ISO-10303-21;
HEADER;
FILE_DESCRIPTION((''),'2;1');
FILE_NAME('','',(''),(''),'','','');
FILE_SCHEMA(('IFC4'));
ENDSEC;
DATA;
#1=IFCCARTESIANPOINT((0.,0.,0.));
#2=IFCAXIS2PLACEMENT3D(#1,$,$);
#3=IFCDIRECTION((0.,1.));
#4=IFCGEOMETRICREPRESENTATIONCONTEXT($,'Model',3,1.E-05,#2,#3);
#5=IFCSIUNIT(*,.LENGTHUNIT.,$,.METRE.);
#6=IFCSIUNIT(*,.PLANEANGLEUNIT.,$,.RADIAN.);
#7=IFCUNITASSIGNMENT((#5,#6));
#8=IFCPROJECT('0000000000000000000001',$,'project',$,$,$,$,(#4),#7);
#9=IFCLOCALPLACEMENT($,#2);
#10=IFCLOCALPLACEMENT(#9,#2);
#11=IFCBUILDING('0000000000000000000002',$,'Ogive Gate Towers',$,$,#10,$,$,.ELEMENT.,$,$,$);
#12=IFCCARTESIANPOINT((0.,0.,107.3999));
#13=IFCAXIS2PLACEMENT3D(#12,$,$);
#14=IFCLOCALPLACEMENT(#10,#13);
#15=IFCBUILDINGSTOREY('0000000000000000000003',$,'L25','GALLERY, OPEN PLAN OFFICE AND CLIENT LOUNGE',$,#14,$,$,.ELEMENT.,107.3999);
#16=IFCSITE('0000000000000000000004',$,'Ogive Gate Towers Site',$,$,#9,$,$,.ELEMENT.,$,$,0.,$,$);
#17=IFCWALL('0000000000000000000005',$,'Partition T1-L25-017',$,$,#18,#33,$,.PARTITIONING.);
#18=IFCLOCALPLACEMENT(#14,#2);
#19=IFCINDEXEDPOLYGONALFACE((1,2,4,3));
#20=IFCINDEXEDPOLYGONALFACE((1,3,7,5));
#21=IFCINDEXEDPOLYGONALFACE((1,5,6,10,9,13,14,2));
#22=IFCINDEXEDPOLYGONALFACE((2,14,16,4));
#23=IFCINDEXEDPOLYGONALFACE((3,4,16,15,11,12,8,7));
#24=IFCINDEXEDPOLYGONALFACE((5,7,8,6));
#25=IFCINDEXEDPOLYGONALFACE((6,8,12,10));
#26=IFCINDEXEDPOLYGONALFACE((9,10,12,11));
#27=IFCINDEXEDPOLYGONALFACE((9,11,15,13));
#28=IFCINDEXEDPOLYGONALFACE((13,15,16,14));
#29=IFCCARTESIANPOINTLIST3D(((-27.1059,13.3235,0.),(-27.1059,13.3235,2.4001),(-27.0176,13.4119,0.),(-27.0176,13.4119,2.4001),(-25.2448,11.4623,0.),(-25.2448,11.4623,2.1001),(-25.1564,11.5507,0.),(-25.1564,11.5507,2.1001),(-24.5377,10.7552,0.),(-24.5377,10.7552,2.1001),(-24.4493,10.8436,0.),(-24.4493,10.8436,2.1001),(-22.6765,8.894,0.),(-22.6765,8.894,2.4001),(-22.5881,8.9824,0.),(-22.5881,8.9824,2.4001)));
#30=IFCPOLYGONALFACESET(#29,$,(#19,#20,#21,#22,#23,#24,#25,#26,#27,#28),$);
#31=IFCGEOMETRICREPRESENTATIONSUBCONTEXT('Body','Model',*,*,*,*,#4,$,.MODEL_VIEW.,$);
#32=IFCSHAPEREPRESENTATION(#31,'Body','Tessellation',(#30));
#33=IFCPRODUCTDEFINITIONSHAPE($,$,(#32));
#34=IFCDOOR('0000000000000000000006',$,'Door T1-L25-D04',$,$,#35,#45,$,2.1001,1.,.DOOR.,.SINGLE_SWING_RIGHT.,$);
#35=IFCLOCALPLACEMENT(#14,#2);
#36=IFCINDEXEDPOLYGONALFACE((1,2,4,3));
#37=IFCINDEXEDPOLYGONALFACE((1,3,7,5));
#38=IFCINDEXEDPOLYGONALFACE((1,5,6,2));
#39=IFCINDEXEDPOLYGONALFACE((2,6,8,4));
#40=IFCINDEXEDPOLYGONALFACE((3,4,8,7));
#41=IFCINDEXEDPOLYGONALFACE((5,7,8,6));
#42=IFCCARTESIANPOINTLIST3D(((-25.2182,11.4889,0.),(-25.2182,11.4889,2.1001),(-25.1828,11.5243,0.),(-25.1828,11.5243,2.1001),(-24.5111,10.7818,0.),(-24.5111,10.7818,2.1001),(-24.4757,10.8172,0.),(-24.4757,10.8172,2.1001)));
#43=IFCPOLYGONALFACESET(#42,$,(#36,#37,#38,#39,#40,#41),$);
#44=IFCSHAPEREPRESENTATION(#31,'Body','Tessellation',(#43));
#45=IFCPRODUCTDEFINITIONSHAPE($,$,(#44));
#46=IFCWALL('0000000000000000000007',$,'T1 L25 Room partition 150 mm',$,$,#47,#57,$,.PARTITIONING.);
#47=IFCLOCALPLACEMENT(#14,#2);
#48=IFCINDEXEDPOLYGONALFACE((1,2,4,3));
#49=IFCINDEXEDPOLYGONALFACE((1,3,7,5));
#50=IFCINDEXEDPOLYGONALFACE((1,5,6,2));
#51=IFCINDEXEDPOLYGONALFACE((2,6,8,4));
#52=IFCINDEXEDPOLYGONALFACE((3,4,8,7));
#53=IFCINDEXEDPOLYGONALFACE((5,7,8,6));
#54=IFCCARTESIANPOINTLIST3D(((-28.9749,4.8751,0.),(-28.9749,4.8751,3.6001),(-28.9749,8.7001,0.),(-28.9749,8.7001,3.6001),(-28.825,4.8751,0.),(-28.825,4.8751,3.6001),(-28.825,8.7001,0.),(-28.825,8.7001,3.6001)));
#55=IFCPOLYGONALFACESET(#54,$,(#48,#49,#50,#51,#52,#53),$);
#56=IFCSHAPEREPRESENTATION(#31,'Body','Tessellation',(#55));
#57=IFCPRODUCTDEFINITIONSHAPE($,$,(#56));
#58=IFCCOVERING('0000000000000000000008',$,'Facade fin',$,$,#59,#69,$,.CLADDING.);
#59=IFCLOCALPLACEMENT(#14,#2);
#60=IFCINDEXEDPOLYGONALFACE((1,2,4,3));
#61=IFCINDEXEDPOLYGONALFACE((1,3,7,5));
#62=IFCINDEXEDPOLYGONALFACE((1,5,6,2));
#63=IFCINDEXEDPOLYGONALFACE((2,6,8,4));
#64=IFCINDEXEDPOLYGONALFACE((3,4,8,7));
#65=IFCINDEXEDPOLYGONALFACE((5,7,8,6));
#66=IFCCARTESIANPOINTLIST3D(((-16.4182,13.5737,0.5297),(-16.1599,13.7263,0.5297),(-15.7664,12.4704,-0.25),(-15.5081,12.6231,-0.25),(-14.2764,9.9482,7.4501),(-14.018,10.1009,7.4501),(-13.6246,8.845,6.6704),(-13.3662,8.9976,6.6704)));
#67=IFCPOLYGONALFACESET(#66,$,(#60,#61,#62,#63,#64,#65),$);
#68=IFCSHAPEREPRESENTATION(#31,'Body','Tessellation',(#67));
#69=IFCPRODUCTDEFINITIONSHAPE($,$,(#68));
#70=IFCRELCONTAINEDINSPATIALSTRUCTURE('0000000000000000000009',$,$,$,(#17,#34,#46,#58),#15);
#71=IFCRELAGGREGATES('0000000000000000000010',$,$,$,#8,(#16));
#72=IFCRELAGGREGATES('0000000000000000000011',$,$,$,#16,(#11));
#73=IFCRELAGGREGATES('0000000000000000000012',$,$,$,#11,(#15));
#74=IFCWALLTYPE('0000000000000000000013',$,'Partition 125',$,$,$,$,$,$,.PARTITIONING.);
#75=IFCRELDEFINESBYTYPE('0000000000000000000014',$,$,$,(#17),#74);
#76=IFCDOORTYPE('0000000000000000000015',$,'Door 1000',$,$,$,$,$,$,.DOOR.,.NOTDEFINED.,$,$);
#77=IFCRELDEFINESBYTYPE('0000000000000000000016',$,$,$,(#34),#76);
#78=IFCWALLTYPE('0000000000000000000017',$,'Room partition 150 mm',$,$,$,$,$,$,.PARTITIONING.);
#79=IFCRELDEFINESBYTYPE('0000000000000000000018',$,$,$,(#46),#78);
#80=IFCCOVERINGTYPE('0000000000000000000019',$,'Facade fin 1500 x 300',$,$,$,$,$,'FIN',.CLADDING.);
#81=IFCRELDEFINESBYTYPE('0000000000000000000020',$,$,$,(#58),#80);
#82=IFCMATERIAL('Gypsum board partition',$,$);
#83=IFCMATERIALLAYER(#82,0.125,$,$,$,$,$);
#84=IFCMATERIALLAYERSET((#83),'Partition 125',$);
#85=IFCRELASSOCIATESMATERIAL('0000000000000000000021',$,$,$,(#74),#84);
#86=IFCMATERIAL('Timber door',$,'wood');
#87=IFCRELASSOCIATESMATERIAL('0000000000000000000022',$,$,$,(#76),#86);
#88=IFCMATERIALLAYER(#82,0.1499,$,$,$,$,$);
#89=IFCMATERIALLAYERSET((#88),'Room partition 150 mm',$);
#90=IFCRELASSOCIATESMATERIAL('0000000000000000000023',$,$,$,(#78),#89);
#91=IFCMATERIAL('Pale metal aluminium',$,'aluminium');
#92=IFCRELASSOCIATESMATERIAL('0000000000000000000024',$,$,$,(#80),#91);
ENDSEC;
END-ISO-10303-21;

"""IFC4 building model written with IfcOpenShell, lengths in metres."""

from ifc_helpers import new_model, si_unit, direction, frame, frame_2d, origin, origin_2d, place, context, subcontext, project, spatial, rectangle, extrude, material, layer, layer_set, material_profile, profile_set, type_object, element, fill, save


model = new_model("IFC4")

# Units and contexts
model_context = context("Model", 3, precision=1e-05, world=origin(), true_north=direction((0.0, 1.0)))
body_context = subcontext(model_context, "Body", "Model", "MODEL_VIEW")
ifc_project = project(units=[si_unit("LENGTHUNIT", "METRE"), si_unit("PLANEANGLEUNIT", "RADIAN")], contexts=[model_context])

# Site, building, storey
site_placement = place(None, origin())
site = spatial("IfcSite", under=ifc_project, at=site_placement, Name="Ogive Gate Towers Site", CompositionType="ELEMENT", RefElevation=0.0)
building_placement = place(site_placement, origin())
building = spatial("IfcBuilding", under=site, at=building_placement, Name="Ogive Gate Towers", CompositionType="ELEMENT")
storey_placement = place(building_placement, frame((0.0, 0.0, 107.3999)))
storey = spatial("IfcBuildingStorey", under=building, at=storey_placement, Name="L25", Description="GALLERY, OPEN PLAN OFFICE AND CLIENT LOUNGE", CompositionType="ELEMENT", Elevation=107.3999)

# Shared definitions
ifc_material_1 = material(Name="Pale metal aluminium", Category="aluminium")

# Wall, opening, door
ifc_material_2 = material(Name="Gypsum board partition")
ifc_layer_1 = layer(ifc_material_2, 0.125)
ifc_layer_set_1 = layer_set([ifc_layer_1], Name="Partition 125")
wall_type_1 = type_object("IfcWallType", Name="Partition 125", PredefinedType="PARTITIONING", material=ifc_layer_set_1)
wall_1_placement = place(storey_placement, frame((-22.6323, 8.9382, 0.0), z_axis=(0.0, 0.0, 1.0), x_axis=(-0.707107, 0.707107, 0.0)))
wall_1 = element("IfcWall", 1, at=wall_1_placement, inside=storey, type_object=wall_type_1, Name="Partition T1-L25-017", PredefinedType="PARTITIONING", context=body_context, shape_type="SweptSolid", body=[
    extrude(rectangle(XDim=6.2642, YDim=0.125, at=frame_2d((3.1321, 0.0))), origin(), (0.0, 0.0, 1.0), 2.4001),
])
opening_placement = place(wall_1_placement, frame((2.6321, 0.0, 0.0)))
opening = element("IfcOpeningElement", 2, at=opening_placement, cuts=wall_1, PredefinedType="OPENING", context=body_context, shape_type="SweptSolid", body=[
    extrude(rectangle(XDim=1.0, YDim=2.1001, at=frame_2d((0.5, 1.05))), frame((0.0, 0.0725, 0.0), z_axis=(0.0, -1.0, 0.0), x_axis=(1.0, 0.0, 0.0)), (0.0, 0.0, 1.0), 0.145),
])
ifc_material_3 = material(Name="Timber door", Category="wood")
door_type = type_object("IfcDoorType", Name="Door 1000", OperationType="NOTDEFINED", PredefinedType="DOOR", material=ifc_material_3)
door_placement = place(opening_placement, origin())
door = element("IfcDoor", 3, at=door_placement, inside=storey, type_object=door_type, Name="Door T1-L25-D04", OperationType="SINGLE_SWING_RIGHT", OverallHeight=2.1001, OverallWidth=1.0, PredefinedType="DOOR", context=body_context, shape_type="SweptSolid", body=[
    extrude(rectangle(XDim=1.0, YDim=2.1001, at=frame_2d((0.5, 1.05))), frame((0.0, 0.0249, 0.0), z_axis=(0.0, -1.0, 0.0), x_axis=(1.0, 0.0, 0.0)), (0.0, 0.0, 1.0), 0.05),
])
fill(opening, door)

# Wall
ifc_layer_2 = layer(ifc_material_2, 0.1499)
ifc_layer_set_2 = layer_set([ifc_layer_2], Name="Room partition 150 mm")
wall_type_2 = type_object("IfcWallType", Name="Room partition 150 mm", PredefinedType="PARTITIONING", material=ifc_layer_set_2)
wall_2_placement = place(storey_placement, frame((-28.8999, 4.875, 0.0), z_axis=(0.0, 0.0, 1.0), x_axis=(0.0, 1.0, 0.0)))
element("IfcWall", 4, at=wall_2_placement, inside=storey, type_object=wall_type_2, Name="T1 L25 Room partition 150 mm", PredefinedType="PARTITIONING", context=body_context, shape_type="SweptSolid", body=[
    extrude(rectangle(XDim=3.825, YDim=0.1499, at=frame_2d((1.9126, 0.0))), origin(), (0.0, 0.0, 1.0), 3.6001),
])

# Covering
ifc_material_profile_1 = material_profile(ifc_material_1, rectangle(XDim=0.3, YDim=1.5, at=origin_2d()), Name="1500 x 300 pale metal aluminium")
ifc_profile_set_1 = profile_set([ifc_material_profile_1], Name="Pale metal aluminium")
covering_type = type_object("IfcCoveringType", Name="Facade fin 1500 x 300", ElementType="FIN", PredefinedType="CLADDING", material=ifc_profile_set_1)
covering_placement = place(storey_placement, frame((-15.9631, 13.0984, 0.1399), z_axis=(0.264398, -0.447544, 0.854282), x_axis=(0.860977, 0.508643, 0.0)))
element("IfcCovering", 5, at=covering_placement, inside=storey, type_object=covering_type, Name="Facade fin", PredefinedType="CLADDING", context=body_context, shape_type="SweptSolid", body=[
    extrude(rectangle(XDim=0.3, YDim=1.5, at=origin_2d()), origin(), (0.0, 0.0, 1.0), 8.1008),
])

save(model, "model.ifc")
